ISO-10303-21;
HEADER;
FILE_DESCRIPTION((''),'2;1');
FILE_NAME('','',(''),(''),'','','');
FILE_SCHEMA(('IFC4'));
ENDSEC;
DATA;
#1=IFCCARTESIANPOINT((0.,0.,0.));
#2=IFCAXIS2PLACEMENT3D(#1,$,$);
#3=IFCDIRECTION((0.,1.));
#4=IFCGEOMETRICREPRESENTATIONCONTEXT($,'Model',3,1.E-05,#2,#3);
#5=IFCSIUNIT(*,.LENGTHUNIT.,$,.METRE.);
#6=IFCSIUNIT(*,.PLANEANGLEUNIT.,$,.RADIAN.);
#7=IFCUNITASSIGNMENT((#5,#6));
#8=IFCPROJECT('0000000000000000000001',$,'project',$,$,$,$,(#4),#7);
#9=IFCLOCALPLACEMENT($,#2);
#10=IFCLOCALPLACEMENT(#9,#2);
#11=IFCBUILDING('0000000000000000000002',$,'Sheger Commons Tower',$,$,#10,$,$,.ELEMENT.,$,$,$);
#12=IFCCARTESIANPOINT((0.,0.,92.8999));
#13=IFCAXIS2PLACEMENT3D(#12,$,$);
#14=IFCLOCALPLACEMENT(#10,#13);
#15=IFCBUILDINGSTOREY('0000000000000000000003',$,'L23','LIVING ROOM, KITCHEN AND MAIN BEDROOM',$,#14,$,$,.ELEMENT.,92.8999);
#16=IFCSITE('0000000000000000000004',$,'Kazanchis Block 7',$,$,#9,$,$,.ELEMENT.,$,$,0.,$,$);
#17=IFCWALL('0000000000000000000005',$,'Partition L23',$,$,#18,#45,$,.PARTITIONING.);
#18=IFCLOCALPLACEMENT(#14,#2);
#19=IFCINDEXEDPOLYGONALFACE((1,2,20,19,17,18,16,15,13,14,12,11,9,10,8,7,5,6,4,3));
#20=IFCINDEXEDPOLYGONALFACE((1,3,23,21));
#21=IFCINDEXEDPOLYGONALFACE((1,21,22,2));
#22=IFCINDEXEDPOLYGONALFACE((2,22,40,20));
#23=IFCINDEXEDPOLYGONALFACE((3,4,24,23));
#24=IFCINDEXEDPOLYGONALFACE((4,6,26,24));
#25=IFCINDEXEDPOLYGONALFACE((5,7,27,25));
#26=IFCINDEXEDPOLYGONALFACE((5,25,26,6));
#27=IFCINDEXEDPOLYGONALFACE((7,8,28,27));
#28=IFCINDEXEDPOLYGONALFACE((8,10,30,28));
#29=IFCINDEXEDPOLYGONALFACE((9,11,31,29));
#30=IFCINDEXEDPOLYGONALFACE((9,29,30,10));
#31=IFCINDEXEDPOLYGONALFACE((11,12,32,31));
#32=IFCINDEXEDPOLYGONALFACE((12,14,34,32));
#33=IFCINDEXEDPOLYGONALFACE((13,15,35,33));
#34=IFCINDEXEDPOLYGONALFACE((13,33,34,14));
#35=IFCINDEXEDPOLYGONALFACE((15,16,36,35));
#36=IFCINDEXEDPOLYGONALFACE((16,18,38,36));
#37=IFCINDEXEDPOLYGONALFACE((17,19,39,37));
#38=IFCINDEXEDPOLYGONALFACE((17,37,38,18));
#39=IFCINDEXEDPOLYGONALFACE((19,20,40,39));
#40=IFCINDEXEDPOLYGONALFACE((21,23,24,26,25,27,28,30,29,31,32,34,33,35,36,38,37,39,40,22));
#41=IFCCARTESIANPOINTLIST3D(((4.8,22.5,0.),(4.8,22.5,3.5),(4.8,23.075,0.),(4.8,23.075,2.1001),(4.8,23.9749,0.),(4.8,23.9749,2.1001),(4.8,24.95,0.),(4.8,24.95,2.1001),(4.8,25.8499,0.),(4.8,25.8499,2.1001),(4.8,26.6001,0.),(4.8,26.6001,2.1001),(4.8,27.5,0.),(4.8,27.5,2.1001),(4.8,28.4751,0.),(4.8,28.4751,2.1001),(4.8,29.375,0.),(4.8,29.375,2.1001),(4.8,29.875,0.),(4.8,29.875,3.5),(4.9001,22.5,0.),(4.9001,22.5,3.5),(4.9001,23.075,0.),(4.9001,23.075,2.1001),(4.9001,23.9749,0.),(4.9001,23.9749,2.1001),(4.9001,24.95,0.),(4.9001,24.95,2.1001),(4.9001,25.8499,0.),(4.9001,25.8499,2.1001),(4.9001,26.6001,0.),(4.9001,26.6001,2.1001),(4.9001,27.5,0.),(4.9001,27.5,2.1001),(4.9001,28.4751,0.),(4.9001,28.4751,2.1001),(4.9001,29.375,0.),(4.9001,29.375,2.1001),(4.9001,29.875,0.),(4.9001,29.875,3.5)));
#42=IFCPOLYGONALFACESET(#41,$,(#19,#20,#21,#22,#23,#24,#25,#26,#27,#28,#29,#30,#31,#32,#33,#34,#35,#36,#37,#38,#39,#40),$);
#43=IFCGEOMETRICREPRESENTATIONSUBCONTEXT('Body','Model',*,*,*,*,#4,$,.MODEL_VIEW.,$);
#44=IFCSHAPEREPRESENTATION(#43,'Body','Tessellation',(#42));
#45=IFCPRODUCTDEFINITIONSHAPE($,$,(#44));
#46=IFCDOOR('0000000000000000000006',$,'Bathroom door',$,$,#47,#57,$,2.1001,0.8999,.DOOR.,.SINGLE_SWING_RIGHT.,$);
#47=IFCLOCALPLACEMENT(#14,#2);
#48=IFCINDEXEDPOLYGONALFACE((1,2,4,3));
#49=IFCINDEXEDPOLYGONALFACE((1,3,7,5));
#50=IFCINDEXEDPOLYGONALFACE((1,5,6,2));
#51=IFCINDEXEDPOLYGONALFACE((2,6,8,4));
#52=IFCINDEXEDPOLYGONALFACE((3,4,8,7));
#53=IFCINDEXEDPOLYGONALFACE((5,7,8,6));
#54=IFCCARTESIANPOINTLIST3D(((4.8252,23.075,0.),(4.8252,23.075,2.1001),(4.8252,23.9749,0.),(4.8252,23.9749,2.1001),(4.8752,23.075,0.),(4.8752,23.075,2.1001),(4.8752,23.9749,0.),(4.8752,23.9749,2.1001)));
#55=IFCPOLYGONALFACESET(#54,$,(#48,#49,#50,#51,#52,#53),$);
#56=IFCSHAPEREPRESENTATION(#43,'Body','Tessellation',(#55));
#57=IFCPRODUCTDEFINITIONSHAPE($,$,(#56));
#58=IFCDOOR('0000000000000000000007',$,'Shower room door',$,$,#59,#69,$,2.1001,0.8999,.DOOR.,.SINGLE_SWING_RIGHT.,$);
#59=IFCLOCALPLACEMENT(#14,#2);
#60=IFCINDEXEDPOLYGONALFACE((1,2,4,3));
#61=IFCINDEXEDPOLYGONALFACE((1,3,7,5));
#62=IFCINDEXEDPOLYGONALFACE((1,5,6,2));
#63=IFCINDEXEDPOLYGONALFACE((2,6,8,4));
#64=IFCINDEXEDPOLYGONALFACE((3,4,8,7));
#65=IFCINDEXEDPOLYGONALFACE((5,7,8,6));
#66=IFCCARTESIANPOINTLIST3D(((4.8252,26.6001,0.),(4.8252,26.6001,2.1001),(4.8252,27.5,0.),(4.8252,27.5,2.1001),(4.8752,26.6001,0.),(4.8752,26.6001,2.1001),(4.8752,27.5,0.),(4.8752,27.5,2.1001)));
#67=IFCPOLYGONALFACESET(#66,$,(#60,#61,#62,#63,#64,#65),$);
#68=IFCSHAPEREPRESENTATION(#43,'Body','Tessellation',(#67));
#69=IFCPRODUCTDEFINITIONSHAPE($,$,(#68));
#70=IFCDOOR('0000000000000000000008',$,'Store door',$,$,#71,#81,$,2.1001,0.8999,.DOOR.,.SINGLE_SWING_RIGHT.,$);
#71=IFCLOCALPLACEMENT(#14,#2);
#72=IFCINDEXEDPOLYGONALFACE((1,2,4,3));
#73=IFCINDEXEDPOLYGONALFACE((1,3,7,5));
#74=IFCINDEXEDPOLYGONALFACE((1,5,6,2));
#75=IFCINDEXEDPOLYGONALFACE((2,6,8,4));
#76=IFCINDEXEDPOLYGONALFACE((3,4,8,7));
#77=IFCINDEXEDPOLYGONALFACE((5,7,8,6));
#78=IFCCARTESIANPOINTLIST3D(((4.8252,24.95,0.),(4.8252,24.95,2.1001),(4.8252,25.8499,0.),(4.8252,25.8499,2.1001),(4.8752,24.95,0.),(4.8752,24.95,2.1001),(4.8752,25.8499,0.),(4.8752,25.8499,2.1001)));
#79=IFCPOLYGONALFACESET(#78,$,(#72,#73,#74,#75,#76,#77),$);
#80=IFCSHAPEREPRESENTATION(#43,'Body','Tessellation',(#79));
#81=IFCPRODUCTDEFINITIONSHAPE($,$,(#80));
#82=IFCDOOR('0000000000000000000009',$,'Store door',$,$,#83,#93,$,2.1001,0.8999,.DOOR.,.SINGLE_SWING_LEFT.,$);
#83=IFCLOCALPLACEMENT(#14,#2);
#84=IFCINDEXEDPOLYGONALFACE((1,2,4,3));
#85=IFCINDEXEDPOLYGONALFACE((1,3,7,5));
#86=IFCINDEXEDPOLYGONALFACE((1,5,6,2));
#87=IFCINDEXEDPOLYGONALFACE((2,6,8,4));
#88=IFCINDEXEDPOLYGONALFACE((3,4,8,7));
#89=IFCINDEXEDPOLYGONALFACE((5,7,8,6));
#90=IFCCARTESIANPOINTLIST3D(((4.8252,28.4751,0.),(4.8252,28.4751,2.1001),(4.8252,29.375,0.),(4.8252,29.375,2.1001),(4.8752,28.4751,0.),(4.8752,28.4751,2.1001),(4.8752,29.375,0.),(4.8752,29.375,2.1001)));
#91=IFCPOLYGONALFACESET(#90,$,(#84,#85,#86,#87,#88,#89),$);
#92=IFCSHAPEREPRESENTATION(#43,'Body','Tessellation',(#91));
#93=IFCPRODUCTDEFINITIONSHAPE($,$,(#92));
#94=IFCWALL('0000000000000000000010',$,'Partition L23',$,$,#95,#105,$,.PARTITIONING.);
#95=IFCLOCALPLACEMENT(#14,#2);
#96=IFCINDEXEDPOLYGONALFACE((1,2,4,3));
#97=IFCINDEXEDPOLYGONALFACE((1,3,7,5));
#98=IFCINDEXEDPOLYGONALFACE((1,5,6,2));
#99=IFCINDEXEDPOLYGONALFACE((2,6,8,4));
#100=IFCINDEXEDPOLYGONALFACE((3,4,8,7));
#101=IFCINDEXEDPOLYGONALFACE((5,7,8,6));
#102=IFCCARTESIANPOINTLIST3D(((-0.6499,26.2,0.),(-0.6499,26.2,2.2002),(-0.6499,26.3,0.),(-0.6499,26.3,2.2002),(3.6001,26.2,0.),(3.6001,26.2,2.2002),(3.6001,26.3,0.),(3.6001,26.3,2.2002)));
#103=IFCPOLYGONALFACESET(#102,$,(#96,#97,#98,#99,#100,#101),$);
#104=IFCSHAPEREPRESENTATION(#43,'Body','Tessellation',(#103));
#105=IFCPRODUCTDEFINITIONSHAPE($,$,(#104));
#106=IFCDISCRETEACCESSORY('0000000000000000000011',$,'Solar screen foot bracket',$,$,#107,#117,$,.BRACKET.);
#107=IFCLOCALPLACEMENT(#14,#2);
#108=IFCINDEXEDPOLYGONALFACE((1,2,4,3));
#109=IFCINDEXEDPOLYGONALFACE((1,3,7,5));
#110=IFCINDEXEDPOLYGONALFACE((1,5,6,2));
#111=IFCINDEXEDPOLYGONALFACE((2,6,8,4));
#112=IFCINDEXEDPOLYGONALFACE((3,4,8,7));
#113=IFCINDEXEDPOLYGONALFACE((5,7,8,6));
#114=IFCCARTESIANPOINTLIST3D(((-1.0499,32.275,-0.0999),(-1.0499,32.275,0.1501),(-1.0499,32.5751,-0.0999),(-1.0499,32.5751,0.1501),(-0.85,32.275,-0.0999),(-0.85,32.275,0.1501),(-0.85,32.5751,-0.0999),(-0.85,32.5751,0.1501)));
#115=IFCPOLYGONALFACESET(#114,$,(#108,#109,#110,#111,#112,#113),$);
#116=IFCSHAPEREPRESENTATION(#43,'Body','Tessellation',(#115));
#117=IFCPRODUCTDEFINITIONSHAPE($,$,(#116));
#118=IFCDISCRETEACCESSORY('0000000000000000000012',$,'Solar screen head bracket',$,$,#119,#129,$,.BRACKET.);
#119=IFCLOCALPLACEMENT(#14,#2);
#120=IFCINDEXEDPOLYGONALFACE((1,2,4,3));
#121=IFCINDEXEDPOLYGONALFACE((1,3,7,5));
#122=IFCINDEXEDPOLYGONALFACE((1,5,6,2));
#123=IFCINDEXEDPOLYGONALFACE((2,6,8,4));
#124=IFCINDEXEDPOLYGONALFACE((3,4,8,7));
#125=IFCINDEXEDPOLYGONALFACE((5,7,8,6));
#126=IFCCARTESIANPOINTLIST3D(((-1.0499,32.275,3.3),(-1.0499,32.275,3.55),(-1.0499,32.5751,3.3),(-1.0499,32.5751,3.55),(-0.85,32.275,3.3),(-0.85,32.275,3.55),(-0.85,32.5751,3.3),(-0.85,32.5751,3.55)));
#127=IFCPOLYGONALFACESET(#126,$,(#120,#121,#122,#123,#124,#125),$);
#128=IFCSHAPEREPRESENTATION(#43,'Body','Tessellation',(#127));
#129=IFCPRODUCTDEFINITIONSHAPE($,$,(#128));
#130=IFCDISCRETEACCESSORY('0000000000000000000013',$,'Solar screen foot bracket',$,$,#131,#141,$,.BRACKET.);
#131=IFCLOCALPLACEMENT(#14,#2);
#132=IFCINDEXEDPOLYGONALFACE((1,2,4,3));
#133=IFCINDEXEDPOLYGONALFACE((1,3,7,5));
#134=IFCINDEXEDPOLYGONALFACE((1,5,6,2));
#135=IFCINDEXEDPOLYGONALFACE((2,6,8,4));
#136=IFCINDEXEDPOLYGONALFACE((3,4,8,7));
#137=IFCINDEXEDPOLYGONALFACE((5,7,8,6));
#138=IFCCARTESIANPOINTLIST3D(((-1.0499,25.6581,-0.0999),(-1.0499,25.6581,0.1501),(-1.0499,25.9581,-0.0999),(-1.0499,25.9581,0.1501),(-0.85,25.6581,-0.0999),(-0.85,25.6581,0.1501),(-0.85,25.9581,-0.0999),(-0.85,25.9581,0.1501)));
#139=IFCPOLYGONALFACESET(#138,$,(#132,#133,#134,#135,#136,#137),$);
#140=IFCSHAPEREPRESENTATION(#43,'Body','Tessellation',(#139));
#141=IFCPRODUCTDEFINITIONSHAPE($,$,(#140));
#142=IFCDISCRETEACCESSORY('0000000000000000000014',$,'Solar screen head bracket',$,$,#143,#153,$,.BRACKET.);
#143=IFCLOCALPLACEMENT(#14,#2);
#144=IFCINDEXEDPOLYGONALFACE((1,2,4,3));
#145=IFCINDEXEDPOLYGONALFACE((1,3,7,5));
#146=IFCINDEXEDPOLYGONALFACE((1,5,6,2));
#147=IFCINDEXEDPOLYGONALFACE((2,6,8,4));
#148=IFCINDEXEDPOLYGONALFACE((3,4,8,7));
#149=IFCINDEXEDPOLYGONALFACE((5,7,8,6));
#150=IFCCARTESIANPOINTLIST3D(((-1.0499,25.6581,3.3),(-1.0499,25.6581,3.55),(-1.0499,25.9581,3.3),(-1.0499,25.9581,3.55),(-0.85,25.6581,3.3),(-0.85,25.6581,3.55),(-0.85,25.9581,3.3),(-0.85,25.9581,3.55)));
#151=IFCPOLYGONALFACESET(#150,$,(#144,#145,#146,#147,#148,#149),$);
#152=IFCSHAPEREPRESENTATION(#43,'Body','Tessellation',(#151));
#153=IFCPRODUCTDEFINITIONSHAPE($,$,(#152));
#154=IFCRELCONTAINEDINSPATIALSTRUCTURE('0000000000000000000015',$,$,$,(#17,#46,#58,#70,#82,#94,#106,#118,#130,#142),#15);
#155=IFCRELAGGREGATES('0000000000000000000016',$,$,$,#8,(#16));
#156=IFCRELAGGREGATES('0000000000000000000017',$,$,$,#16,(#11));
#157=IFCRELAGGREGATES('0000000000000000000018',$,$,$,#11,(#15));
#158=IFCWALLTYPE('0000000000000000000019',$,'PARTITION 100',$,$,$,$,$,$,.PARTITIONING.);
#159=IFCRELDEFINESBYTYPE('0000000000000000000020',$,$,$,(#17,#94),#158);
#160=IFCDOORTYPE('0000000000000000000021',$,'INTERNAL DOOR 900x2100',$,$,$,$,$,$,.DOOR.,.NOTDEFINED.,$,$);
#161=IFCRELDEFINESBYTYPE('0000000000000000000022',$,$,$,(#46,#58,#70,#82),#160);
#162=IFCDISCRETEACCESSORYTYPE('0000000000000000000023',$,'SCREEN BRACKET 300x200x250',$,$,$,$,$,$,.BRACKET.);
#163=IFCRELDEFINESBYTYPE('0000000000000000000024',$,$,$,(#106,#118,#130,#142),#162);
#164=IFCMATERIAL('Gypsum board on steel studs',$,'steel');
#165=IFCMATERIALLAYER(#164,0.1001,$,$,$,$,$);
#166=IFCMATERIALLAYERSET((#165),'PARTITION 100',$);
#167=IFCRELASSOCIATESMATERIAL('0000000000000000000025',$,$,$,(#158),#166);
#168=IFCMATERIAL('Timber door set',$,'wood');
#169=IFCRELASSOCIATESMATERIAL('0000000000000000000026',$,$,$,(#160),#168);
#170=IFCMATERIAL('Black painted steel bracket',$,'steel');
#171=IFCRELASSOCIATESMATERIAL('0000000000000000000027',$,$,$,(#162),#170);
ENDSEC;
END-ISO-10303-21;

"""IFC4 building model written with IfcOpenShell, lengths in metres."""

from ifc_helpers import new_model, si_unit, direction, frame, frame_2d, origin, origin_2d, place, context, subcontext, project, spatial, rectangle, extrude, material, layer, layer_set, type_object, element, fill, save


model = new_model("IFC4")

# Units and contexts
model_context = context("Model", 3, precision=1e-05, world=origin(), true_north=direction((0.0, 1.0)))
body_context = subcontext(model_context, "Body", "Model", "MODEL_VIEW")
ifc_project = project(units=[si_unit("LENGTHUNIT", "METRE"), si_unit("PLANEANGLEUNIT", "RADIAN")], contexts=[model_context])

# Site, building, storey
site_placement = place(None, origin())
site = spatial("IfcSite", under=ifc_project, at=site_placement, Name="Kazanchis Block 7", CompositionType="ELEMENT", RefElevation=0.0)
building_placement = place(site_placement, origin())
building = spatial("IfcBuilding", under=site, at=building_placement, Name="Sheger Commons Tower", CompositionType="ELEMENT")
storey_placement = place(building_placement, frame((0.0, 0.0, 92.8999)))
storey = spatial("IfcBuildingStorey", under=building, at=storey_placement, Name="L23", Description="LIVING ROOM, KITCHEN AND MAIN BEDROOM", CompositionType="ELEMENT", Elevation=92.8999)

# Wall, openings, doors
ifc_material_1 = material(Name="Gypsum board on steel studs", Category="steel")
ifc_layer_1 = layer(ifc_material_1, 0.1001)
ifc_layer_set_1 = layer_set([ifc_layer_1], Name="PARTITION 100")
wall_type_1 = type_object("IfcWallType", Name="PARTITION 100", PredefinedType="PARTITIONING", material=ifc_layer_set_1)
wall_1_placement = place(storey_placement, frame((4.8501, 22.5, 0.0), z_axis=(0.0, 0.0, 1.0), x_axis=(0.0, 1.0, 0.0)))
wall_1 = element("IfcWall", 1, at=wall_1_placement, inside=storey, type_object=wall_type_1, Name="Partition L23", PredefinedType="PARTITIONING", context=body_context, shape_type="SweptSolid", body=[
    extrude(rectangle(XDim=7.375, YDim=0.1001, at=frame_2d((3.6875, 0.0))), origin(), (0.0, 0.0, 1.0), 3.5),
])
opening_1_placement = place(wall_1_placement, frame((0.575, 0.0, 0.0)))
opening_1 = element("IfcOpeningElement", 2, at=opening_1_placement, cuts=wall_1, PredefinedType="OPENING", context=body_context, shape_type="SweptSolid", body=[
    extrude(rectangle(XDim=0.8999, YDim=2.1001, at=frame_2d((0.45, 1.05))), frame((0.0, 0.0601, 0.0), z_axis=(0.0, -1.0, 0.0), x_axis=(1.0, 0.0, 0.0)), (0.0, 0.0, 1.0), 0.1201),
])
opening_2_placement = place(wall_1_placement, frame((4.1001, 0.0, 0.0)))
opening_2 = element("IfcOpeningElement", 3, at=opening_2_placement, cuts=wall_1, PredefinedType="OPENING", context=body_context, shape_type="SweptSolid", body=[
    extrude(rectangle(XDim=0.8999, YDim=2.1001, at=frame_2d((0.45, 1.05))), frame((0.0, 0.0601, 0.0), z_axis=(0.0, -1.0, 0.0), x_axis=(1.0, 0.0, 0.0)), (0.0, 0.0, 1.0), 0.1201),
])
opening_3_placement = place(wall_1_placement, frame((2.45, 0.0, 0.0)))
opening_3 = element("IfcOpeningElement", 4, at=opening_3_placement, cuts=wall_1, PredefinedType="OPENING", context=body_context, shape_type="SweptSolid", body=[
    extrude(rectangle(XDim=0.8999, YDim=2.1001, at=frame_2d((0.45, 1.05))), frame((0.0, 0.0601, 0.0), z_axis=(0.0, -1.0, 0.0), x_axis=(1.0, 0.0, 0.0)), (0.0, 0.0, 1.0), 0.1201),
])
opening_4_placement = place(wall_1_placement, frame((5.9751, 0.0, 0.0)))
opening_4 = element("IfcOpeningElement", 5, at=opening_4_placement, cuts=wall_1, PredefinedType="OPENING", context=body_context, shape_type="SweptSolid", body=[
    extrude(rectangle(XDim=0.8999, YDim=2.1001, at=frame_2d((0.45, 1.05))), frame((0.0, 0.0601, 0.0), z_axis=(0.0, -1.0, 0.0), x_axis=(1.0, 0.0, 0.0)), (0.0, 0.0, 1.0), 0.1201),
])
ifc_material_2 = material(Name="Timber door set", Category="wood")
door_type = type_object("IfcDoorType", Name="INTERNAL DOOR 900x2100", OperationType="NOTDEFINED", PredefinedType="DOOR", material=ifc_material_2)
door_1_placement = place(opening_1_placement, origin())
door_1 = element("IfcDoor", 6, at=door_1_placement, inside=storey, type_object=door_type, Name="Bathroom door", OperationType="SINGLE_SWING_RIGHT", OverallHeight=2.1001, OverallWidth=0.8999, PredefinedType="DOOR", context=body_context, shape_type="SweptSolid", body=[
    extrude(rectangle(XDim=0.8999, YDim=2.1001, at=frame_2d((0.45, 1.05))), frame((0.0, 0.0249, 0.0), z_axis=(0.0, -1.0, 0.0), x_axis=(1.0, 0.0, 0.0)), (0.0, 0.0, 1.0), 0.05),
])
fill(opening_1, door_1)
door_2_placement = place(opening_2_placement, origin())
door_2 = element("IfcDoor", 7, at=door_2_placement, inside=storey, type_object=door_type, Name="Shower room door", OperationType="SINGLE_SWING_RIGHT", OverallHeight=2.1001, OverallWidth=0.8999, PredefinedType="DOOR", context=body_context, shape_type="SweptSolid", body=[
    extrude(rectangle(XDim=0.8999, YDim=2.1001, at=frame_2d((0.45, 1.05))), frame((0.0, 0.0249, 0.0), z_axis=(0.0, -1.0, 0.0), x_axis=(1.0, 0.0, 0.0)), (0.0, 0.0, 1.0), 0.05),
])
fill(opening_2, door_2)
door_3_placement = place(opening_3_placement, origin())
door_3 = element("IfcDoor", 8, at=door_3_placement, inside=storey, type_object=door_type, Name="Store door", OperationType="SINGLE_SWING_RIGHT", OverallHeight=2.1001, OverallWidth=0.8999, PredefinedType="DOOR", context=body_context, shape_type="SweptSolid", body=[
    extrude(rectangle(XDim=0.8999, YDim=2.1001, at=frame_2d((0.45, 1.05))), frame((0.0, 0.0249, 0.0), z_axis=(0.0, -1.0, 0.0), x_axis=(1.0, 0.0, 0.0)), (0.0, 0.0, 1.0), 0.05),
])
fill(opening_3, door_3)
door_4_placement = place(opening_4_placement, origin())
door_4 = element("IfcDoor", 9, at=door_4_placement, inside=storey, type_object=door_type, Name="Store door", OperationType="SINGLE_SWING_LEFT", OverallHeight=2.1001, OverallWidth=0.8999, PredefinedType="DOOR", context=body_context, shape_type="SweptSolid", body=[
    extrude(rectangle(XDim=0.8999, YDim=2.1001, at=frame_2d((0.45, 1.05))), frame((0.0, 0.0249, 0.0), z_axis=(0.0, -1.0, 0.0), x_axis=(1.0, 0.0, 0.0)), (0.0, 0.0, 1.0), 0.05),
])
fill(opening_4, door_4)

# Wall
wall_2_placement = place(storey_placement, frame((-0.6499, 26.25, 0.0), z_axis=(0.0, 0.0, 1.0), x_axis=(1.0, 0.0, 0.0)))
element("IfcWall", 10, at=wall_2_placement, inside=storey, type_object=wall_type_1, Name="Partition L23", PredefinedType="PARTITIONING", context=body_context, shape_type="SweptSolid", body=[
    extrude(rectangle(XDim=4.25, YDim=0.1001, at=frame_2d((2.125, 0.0))), origin(), (0.0, 0.0, 1.0), 2.2002),
])

# Discrete accessories
ifc_material_3 = material(Name="Black painted steel bracket", Category="steel")
discrete_accessory_type = type_object("IfcDiscreteAccessoryType", Name="SCREEN BRACKET 300x200x250", PredefinedType="BRACKET", material=ifc_material_3)
for number, where, z_axis, x_axis, name in (
    (11, (-0.95, 32.425, -0.0999), (0.0, 0.0, 1.0), (0.0, -1.0, 0.0), "Solar screen foot bracket"),
    (12, (-0.95, 32.425, 3.3), (0.0, 0.0, 1.0), (0.0, -1.0, 0.0), "Solar screen head bracket"),
    (13, (-0.95, 25.8081, -0.0999), (0.0, 0.0, 1.0), (0.0, -1.0, 0.0), "Solar screen foot bracket"),
    (14, (-0.95, 25.8081, 3.3), (0.0, 0.0, 1.0), (0.0, -1.0, 0.0), "Solar screen head bracket"),
):
    element("IfcDiscreteAccessory", number, at=place(storey_placement, frame(where, z_axis=z_axis, x_axis=x_axis)), inside=storey, type_object=discrete_accessory_type, Name=name, PredefinedType="BRACKET", context=body_context, shape_type="SweptSolid", body=[
        extrude(rectangle(XDim=0.3, YDim=0.2, at=origin_2d()), origin(), (0.0, 0.0, 1.0), 0.25),
    ])

save(model, "model.ifc")
